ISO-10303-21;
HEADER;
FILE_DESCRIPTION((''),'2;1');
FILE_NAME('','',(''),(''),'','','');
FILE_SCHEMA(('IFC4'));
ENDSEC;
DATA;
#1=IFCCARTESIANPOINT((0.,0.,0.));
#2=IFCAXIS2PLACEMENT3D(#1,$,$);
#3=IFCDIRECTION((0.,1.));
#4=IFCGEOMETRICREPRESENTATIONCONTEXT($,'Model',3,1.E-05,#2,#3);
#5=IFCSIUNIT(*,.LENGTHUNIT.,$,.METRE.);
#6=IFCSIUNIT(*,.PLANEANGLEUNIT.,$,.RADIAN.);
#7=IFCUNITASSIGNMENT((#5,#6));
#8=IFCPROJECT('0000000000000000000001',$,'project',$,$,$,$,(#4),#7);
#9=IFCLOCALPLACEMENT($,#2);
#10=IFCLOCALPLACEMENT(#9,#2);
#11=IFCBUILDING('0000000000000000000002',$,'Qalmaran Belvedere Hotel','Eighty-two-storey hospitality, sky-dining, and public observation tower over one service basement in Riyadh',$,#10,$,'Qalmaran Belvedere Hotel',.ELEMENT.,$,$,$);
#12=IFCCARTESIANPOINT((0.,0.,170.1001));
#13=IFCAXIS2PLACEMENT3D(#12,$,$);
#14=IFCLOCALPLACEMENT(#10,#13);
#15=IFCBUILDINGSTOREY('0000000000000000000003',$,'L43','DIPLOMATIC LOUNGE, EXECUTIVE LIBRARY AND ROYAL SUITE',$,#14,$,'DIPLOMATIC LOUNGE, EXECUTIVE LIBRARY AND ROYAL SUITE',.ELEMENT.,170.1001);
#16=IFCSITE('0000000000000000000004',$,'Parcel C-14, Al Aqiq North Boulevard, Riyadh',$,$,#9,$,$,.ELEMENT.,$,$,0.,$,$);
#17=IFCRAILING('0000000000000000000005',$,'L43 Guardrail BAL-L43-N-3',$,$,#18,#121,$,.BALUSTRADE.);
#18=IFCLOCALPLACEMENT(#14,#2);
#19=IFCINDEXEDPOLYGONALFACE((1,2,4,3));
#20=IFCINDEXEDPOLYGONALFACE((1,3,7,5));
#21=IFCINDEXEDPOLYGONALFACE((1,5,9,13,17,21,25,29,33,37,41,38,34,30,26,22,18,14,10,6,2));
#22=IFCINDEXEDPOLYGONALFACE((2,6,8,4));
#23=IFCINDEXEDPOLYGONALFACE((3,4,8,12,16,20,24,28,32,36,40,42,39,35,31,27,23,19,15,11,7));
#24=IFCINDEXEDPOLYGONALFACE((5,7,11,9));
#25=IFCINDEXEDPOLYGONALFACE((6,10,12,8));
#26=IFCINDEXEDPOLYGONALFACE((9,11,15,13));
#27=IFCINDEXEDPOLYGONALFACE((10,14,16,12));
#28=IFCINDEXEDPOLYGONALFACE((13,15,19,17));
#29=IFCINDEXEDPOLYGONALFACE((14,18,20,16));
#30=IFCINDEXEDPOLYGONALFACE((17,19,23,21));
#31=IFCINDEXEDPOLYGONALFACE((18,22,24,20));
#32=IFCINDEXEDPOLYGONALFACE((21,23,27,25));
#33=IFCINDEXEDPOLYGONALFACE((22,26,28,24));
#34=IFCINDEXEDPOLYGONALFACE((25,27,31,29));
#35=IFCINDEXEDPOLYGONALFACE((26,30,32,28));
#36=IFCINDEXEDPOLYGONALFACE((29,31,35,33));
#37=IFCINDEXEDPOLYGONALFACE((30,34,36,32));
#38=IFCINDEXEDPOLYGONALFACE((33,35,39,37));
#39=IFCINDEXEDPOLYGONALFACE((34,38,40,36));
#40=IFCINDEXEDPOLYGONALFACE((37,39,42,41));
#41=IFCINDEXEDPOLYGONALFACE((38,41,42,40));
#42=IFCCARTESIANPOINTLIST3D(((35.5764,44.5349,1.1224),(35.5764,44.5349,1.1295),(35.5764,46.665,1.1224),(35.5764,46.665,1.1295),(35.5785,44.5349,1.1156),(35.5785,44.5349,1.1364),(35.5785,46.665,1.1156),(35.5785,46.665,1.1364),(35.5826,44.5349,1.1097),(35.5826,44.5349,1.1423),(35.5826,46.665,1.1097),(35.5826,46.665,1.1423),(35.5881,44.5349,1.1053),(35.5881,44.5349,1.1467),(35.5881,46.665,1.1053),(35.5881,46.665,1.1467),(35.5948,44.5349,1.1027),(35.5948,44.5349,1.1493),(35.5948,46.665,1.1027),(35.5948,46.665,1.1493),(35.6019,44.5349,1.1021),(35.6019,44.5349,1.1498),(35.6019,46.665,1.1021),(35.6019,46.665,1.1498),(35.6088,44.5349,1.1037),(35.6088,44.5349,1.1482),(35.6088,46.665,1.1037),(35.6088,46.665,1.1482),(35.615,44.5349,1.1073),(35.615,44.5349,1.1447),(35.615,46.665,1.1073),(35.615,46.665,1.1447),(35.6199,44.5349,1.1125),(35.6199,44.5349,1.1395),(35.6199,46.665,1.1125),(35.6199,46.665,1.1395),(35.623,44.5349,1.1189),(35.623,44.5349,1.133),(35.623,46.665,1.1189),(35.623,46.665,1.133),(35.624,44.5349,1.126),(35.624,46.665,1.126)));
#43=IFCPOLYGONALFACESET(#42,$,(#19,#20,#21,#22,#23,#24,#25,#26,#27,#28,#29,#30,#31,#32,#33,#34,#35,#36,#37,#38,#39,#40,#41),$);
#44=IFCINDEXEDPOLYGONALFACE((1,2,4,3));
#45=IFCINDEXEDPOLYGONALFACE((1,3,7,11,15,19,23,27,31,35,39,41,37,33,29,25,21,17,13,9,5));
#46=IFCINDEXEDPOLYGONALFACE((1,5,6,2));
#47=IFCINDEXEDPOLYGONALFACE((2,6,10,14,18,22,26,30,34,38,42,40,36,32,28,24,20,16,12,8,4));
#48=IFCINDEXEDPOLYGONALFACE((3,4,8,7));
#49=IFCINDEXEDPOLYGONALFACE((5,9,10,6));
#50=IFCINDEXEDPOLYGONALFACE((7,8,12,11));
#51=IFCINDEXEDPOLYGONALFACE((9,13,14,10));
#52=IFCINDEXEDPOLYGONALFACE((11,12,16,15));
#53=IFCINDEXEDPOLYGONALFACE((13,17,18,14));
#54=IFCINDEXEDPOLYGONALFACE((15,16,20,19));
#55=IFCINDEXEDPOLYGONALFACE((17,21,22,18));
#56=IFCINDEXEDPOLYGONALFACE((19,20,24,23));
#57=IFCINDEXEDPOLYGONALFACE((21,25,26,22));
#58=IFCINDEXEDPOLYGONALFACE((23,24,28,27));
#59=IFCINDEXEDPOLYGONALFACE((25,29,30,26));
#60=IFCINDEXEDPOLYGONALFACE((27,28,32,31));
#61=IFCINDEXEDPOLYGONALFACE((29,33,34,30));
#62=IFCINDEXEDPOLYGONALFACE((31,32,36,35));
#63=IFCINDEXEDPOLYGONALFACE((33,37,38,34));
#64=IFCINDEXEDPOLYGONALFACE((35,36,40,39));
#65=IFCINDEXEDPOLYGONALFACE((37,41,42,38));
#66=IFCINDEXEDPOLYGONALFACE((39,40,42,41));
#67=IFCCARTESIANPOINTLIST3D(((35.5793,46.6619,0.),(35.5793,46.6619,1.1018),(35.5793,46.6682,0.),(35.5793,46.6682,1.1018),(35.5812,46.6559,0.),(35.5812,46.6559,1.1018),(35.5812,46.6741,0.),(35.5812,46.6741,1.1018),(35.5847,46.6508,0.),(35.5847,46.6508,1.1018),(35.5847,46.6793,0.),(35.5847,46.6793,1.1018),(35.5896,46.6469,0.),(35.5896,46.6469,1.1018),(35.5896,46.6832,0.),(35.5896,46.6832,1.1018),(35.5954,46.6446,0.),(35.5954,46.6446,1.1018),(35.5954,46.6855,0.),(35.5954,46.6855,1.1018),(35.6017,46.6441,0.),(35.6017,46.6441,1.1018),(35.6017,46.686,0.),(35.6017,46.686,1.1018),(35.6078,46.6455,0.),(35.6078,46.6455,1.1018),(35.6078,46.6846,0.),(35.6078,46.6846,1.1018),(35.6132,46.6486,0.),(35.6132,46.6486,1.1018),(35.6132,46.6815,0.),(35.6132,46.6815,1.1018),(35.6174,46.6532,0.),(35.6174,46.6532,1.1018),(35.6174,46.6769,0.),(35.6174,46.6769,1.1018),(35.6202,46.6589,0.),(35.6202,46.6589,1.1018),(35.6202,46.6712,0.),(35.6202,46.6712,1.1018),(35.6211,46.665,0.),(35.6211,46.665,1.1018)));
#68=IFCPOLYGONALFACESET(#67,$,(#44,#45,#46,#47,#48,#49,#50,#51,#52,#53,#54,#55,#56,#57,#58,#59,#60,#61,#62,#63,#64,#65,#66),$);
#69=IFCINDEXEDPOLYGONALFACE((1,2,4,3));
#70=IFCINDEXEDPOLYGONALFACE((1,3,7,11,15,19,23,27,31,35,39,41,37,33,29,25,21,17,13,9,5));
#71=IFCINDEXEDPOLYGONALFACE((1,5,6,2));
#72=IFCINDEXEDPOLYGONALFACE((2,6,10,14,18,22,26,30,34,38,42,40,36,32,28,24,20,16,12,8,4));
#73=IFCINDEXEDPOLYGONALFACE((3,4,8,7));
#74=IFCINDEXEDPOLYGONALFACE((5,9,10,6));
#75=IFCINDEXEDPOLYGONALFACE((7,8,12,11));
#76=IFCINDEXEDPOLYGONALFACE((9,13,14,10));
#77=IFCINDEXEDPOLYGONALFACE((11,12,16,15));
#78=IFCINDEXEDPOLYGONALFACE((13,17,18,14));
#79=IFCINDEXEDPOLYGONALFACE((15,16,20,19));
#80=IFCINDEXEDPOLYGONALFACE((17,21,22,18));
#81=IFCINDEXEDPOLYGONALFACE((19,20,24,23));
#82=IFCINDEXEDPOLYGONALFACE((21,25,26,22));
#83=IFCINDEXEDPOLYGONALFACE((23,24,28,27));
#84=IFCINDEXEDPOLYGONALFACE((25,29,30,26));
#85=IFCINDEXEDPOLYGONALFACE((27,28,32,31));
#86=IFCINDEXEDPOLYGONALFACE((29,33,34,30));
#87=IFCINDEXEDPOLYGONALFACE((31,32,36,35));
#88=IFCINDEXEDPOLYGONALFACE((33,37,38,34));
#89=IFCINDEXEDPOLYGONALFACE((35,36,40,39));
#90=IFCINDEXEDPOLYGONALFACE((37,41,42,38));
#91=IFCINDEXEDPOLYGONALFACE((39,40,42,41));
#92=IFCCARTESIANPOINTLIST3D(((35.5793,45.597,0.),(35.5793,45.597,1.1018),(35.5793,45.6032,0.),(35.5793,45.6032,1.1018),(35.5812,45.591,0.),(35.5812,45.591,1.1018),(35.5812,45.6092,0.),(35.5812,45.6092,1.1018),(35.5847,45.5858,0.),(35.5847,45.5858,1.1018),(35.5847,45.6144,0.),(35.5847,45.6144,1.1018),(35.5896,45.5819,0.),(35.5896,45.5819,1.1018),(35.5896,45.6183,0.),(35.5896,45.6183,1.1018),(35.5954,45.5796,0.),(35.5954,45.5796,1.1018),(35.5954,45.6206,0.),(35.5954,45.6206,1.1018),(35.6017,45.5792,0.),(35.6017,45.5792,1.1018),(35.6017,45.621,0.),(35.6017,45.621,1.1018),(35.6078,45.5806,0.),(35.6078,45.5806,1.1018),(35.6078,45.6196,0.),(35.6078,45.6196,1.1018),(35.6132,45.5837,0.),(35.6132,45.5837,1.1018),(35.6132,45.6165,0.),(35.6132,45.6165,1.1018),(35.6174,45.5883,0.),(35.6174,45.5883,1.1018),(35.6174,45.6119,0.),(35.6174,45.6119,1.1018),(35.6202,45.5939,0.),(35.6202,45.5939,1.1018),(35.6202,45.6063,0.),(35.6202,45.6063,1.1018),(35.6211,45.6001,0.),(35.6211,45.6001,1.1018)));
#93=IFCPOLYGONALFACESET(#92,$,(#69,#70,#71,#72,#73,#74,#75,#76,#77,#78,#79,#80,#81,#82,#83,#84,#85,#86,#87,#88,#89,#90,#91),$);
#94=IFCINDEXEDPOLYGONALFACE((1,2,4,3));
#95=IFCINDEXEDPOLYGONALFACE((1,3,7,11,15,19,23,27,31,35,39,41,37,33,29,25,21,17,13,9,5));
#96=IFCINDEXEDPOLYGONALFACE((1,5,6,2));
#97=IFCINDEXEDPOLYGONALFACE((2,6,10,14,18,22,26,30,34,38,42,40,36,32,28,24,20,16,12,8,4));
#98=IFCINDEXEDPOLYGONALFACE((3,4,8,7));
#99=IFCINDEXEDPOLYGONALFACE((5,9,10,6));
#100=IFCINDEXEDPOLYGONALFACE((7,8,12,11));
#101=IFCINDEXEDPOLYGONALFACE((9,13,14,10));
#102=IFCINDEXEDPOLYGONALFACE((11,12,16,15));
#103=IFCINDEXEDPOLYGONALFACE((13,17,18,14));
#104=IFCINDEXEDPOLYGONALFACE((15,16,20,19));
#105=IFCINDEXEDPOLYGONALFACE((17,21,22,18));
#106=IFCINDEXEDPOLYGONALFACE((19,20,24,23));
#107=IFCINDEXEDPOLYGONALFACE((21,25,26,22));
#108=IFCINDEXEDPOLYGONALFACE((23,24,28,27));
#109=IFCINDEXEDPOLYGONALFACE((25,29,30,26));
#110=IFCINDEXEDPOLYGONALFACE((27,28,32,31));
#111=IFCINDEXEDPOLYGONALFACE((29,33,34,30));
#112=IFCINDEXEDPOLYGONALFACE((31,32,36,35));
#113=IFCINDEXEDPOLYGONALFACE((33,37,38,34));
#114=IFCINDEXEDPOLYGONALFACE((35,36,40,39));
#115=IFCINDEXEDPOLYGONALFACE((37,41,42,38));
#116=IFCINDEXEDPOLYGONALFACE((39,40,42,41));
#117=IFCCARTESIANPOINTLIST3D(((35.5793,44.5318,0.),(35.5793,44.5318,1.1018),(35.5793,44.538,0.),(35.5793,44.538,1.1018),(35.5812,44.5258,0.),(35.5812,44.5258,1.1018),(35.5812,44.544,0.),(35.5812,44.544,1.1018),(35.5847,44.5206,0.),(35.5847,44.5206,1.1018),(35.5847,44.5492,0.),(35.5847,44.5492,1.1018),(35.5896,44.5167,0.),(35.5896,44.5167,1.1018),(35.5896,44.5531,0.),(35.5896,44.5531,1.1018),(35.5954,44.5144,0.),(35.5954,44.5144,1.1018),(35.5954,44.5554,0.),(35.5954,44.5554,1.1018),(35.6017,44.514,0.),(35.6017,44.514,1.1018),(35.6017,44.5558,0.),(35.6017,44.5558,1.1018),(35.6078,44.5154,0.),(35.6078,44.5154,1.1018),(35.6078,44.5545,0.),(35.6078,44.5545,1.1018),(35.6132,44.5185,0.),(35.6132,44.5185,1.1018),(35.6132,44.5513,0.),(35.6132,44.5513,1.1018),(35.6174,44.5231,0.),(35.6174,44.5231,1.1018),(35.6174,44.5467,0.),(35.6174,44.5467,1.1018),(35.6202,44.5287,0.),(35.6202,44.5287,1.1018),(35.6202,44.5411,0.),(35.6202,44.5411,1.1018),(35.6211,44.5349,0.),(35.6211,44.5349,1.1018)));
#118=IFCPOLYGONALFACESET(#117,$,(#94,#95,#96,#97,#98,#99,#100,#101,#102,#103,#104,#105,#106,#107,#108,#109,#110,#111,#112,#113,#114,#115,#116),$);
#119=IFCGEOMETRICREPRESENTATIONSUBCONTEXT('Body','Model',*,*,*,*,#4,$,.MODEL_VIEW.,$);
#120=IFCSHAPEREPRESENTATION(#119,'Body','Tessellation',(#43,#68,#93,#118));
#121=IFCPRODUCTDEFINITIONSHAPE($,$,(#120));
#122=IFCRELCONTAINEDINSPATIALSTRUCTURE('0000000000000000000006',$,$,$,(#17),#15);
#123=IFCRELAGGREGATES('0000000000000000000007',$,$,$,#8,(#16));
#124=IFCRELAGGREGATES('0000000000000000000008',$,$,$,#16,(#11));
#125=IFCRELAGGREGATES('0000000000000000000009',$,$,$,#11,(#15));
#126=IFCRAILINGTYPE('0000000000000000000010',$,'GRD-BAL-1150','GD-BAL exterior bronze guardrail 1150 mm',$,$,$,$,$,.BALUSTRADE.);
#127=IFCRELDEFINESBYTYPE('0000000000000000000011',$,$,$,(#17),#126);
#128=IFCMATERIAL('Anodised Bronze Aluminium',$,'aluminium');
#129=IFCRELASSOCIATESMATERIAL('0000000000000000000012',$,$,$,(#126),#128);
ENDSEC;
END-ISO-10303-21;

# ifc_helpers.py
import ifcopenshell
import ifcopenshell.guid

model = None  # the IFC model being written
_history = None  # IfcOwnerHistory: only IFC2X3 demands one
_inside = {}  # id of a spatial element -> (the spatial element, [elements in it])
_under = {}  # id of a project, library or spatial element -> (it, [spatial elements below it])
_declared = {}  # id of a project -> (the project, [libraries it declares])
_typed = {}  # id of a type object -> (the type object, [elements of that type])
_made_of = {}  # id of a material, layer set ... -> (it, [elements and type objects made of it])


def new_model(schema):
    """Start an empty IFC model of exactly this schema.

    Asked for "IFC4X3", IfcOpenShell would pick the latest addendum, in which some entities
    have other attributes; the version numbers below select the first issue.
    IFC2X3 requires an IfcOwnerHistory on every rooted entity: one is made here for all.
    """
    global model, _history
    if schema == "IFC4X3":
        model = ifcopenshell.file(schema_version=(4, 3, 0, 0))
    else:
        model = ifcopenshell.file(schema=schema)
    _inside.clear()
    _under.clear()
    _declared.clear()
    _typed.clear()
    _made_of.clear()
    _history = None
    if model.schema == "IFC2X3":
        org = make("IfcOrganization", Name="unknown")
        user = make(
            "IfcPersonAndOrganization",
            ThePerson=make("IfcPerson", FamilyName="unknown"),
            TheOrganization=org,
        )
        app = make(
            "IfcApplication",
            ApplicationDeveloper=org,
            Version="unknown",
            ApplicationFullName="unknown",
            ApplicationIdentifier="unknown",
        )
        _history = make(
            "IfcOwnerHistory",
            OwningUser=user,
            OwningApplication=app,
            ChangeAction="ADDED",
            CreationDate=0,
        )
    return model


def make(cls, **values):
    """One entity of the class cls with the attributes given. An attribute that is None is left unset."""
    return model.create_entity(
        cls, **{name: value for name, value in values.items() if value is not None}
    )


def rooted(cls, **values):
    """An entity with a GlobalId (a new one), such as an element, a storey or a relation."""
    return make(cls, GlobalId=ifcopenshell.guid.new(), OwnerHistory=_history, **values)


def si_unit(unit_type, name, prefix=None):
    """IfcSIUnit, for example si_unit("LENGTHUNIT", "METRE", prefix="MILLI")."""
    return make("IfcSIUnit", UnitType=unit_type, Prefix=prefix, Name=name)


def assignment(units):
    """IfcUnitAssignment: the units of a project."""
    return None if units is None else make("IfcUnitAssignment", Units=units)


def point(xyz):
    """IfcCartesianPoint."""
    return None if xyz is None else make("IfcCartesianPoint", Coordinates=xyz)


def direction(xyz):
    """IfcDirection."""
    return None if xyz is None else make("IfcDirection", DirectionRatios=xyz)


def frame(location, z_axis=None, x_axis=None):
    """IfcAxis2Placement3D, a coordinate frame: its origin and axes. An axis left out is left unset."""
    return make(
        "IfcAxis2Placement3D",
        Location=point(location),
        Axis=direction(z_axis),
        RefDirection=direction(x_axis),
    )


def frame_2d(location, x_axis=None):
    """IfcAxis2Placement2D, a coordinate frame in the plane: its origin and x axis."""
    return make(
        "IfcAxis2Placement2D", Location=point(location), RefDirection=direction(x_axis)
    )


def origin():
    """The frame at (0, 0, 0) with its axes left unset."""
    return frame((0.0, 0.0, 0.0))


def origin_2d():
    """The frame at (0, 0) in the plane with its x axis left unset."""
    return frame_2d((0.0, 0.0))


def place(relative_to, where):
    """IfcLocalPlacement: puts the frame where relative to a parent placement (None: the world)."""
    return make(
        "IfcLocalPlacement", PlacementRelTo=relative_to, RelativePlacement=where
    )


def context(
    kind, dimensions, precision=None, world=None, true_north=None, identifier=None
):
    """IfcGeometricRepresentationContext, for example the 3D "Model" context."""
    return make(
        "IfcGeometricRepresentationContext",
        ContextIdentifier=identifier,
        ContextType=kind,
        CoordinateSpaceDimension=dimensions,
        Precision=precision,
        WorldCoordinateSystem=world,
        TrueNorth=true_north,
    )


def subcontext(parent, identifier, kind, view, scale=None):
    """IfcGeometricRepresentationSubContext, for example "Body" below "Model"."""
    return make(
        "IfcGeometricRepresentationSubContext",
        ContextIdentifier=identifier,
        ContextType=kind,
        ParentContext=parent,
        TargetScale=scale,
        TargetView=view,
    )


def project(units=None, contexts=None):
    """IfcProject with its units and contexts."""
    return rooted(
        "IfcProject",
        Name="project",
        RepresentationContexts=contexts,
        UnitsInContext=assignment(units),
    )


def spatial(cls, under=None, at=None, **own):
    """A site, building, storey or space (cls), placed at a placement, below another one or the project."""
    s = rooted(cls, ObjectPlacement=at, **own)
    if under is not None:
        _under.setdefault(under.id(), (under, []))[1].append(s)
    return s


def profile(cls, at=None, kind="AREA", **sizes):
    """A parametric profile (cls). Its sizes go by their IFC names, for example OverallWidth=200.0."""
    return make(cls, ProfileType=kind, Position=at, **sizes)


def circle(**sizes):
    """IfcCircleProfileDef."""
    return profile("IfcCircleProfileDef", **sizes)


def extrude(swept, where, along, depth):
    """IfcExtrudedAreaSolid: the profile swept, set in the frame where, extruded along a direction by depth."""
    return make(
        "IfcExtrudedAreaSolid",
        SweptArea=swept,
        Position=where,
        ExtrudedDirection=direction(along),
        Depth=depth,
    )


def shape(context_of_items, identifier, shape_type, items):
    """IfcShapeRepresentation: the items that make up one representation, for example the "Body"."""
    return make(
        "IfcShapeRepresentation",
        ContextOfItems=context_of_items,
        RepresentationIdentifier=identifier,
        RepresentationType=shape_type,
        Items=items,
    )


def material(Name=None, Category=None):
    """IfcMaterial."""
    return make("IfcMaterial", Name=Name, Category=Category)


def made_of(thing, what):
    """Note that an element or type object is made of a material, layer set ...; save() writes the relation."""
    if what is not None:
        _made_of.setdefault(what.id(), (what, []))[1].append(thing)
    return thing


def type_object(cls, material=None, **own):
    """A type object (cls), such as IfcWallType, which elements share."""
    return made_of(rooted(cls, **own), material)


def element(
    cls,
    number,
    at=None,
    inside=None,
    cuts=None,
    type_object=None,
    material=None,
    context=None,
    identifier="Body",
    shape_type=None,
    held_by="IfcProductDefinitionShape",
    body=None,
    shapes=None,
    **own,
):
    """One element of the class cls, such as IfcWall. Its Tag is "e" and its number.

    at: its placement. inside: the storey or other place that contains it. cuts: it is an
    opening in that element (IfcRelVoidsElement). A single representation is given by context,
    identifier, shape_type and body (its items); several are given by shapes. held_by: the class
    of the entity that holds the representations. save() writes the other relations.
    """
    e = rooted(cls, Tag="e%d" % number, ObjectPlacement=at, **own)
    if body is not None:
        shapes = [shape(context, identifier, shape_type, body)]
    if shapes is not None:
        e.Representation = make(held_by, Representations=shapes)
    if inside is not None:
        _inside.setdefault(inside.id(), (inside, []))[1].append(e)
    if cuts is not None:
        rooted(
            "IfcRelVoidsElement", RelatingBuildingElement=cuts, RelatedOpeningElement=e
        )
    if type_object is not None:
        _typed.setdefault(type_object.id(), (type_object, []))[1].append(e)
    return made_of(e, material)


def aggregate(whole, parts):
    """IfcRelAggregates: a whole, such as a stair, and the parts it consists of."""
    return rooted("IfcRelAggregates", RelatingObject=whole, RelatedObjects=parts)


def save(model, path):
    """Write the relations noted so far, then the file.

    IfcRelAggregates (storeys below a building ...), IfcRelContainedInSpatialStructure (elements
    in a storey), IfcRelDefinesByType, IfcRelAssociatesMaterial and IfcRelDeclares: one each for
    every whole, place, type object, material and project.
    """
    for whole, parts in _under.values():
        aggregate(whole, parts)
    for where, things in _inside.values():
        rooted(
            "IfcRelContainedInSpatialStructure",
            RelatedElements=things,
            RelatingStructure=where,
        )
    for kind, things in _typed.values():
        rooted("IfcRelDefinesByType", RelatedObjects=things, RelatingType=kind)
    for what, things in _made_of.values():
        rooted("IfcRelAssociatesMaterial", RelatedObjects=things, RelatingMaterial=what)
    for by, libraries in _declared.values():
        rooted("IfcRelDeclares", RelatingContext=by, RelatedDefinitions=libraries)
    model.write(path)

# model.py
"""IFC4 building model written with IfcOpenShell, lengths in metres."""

from ifc_helpers import new_model, si_unit, direction, frame, origin, origin_2d, place, context, subcontext, project, spatial, circle, extrude, material, type_object, element, save


model = new_model("IFC4")

# Units and contexts
model_context = context("Model", 3, precision=1e-05, world=origin(), true_north=direction((0.0, 1.0)))
body_context = subcontext(model_context, "Body", "Model", "MODEL_VIEW")
ifc_project = project(units=[si_unit("LENGTHUNIT", "METRE"), si_unit("PLANEANGLEUNIT", "RADIAN")], contexts=[model_context])

# Site, building, storey
site_placement = place(None, origin())
site = spatial("IfcSite", under=ifc_project, at=site_placement, Name="Parcel C-14, Al Aqiq North Boulevard, Riyadh", CompositionType="ELEMENT", RefElevation=0.0)
building_placement = place(site_placement, origin())
building = spatial("IfcBuilding", under=site, at=building_placement, Name="Qalmaran Belvedere Hotel", Description="Eighty-two-storey hospitality, sky-dining, and public observation tower over one service basement in Riyadh", LongName="Qalmaran Belvedere Hotel", CompositionType="ELEMENT")
storey_placement = place(building_placement, frame((0.0, 0.0, 170.1001)))
storey = spatial("IfcBuildingStorey", under=building, at=storey_placement, Name="L43", Description="DIPLOMATIC LOUNGE, EXECUTIVE LIBRARY AND ROYAL SUITE", LongName="DIPLOMATIC LOUNGE, EXECUTIVE LIBRARY AND ROYAL SUITE", CompositionType="ELEMENT", Elevation=170.1001)

# Shared definitions
ifc_material_1 = material(Name="Anodised Bronze Aluminium", Category="aluminium")

# Railing
railing_type = type_object("IfcRailingType", Name="GRD-BAL-1150", Description="GD-BAL exterior bronze guardrail 1150 mm", PredefinedType="BALUSTRADE", material=ifc_material_1)
railing_1_placement = place(storey_placement, frame((35.6001, 46.665, 0.0)))
element("IfcRailing", 1, at=railing_1_placement, inside=storey, type_object=railing_type, Name="L43 Guardrail BAL-L43-N-3", PredefinedType="BALUSTRADE", context=body_context, shape_type="SweptSolid", body=[
    extrude(circle(Radius=0.0239, at=origin_2d()), frame((0.0, 0.0, 1.126), z_axis=(0.0, -1.0, 0.0), x_axis=(1.0, 0.0, 0.0)), (0.0, 0.0, 1.0), 2.1301),
    extrude(circle(Radius=0.021, at=origin_2d()), origin(), (0.0, 0.0, 1.0), 1.1018),
    extrude(circle(Radius=0.021, at=origin_2d()), frame((0.0, -1.0649, 0.0)), (0.0, 0.0, 1.0), 1.1018),
    extrude(circle(Radius=0.021, at=origin_2d()), frame((0.0, -2.1301, 0.0)), (0.0, 0.0, 1.0), 1.1018),
])

save(model, "model.ifc")
